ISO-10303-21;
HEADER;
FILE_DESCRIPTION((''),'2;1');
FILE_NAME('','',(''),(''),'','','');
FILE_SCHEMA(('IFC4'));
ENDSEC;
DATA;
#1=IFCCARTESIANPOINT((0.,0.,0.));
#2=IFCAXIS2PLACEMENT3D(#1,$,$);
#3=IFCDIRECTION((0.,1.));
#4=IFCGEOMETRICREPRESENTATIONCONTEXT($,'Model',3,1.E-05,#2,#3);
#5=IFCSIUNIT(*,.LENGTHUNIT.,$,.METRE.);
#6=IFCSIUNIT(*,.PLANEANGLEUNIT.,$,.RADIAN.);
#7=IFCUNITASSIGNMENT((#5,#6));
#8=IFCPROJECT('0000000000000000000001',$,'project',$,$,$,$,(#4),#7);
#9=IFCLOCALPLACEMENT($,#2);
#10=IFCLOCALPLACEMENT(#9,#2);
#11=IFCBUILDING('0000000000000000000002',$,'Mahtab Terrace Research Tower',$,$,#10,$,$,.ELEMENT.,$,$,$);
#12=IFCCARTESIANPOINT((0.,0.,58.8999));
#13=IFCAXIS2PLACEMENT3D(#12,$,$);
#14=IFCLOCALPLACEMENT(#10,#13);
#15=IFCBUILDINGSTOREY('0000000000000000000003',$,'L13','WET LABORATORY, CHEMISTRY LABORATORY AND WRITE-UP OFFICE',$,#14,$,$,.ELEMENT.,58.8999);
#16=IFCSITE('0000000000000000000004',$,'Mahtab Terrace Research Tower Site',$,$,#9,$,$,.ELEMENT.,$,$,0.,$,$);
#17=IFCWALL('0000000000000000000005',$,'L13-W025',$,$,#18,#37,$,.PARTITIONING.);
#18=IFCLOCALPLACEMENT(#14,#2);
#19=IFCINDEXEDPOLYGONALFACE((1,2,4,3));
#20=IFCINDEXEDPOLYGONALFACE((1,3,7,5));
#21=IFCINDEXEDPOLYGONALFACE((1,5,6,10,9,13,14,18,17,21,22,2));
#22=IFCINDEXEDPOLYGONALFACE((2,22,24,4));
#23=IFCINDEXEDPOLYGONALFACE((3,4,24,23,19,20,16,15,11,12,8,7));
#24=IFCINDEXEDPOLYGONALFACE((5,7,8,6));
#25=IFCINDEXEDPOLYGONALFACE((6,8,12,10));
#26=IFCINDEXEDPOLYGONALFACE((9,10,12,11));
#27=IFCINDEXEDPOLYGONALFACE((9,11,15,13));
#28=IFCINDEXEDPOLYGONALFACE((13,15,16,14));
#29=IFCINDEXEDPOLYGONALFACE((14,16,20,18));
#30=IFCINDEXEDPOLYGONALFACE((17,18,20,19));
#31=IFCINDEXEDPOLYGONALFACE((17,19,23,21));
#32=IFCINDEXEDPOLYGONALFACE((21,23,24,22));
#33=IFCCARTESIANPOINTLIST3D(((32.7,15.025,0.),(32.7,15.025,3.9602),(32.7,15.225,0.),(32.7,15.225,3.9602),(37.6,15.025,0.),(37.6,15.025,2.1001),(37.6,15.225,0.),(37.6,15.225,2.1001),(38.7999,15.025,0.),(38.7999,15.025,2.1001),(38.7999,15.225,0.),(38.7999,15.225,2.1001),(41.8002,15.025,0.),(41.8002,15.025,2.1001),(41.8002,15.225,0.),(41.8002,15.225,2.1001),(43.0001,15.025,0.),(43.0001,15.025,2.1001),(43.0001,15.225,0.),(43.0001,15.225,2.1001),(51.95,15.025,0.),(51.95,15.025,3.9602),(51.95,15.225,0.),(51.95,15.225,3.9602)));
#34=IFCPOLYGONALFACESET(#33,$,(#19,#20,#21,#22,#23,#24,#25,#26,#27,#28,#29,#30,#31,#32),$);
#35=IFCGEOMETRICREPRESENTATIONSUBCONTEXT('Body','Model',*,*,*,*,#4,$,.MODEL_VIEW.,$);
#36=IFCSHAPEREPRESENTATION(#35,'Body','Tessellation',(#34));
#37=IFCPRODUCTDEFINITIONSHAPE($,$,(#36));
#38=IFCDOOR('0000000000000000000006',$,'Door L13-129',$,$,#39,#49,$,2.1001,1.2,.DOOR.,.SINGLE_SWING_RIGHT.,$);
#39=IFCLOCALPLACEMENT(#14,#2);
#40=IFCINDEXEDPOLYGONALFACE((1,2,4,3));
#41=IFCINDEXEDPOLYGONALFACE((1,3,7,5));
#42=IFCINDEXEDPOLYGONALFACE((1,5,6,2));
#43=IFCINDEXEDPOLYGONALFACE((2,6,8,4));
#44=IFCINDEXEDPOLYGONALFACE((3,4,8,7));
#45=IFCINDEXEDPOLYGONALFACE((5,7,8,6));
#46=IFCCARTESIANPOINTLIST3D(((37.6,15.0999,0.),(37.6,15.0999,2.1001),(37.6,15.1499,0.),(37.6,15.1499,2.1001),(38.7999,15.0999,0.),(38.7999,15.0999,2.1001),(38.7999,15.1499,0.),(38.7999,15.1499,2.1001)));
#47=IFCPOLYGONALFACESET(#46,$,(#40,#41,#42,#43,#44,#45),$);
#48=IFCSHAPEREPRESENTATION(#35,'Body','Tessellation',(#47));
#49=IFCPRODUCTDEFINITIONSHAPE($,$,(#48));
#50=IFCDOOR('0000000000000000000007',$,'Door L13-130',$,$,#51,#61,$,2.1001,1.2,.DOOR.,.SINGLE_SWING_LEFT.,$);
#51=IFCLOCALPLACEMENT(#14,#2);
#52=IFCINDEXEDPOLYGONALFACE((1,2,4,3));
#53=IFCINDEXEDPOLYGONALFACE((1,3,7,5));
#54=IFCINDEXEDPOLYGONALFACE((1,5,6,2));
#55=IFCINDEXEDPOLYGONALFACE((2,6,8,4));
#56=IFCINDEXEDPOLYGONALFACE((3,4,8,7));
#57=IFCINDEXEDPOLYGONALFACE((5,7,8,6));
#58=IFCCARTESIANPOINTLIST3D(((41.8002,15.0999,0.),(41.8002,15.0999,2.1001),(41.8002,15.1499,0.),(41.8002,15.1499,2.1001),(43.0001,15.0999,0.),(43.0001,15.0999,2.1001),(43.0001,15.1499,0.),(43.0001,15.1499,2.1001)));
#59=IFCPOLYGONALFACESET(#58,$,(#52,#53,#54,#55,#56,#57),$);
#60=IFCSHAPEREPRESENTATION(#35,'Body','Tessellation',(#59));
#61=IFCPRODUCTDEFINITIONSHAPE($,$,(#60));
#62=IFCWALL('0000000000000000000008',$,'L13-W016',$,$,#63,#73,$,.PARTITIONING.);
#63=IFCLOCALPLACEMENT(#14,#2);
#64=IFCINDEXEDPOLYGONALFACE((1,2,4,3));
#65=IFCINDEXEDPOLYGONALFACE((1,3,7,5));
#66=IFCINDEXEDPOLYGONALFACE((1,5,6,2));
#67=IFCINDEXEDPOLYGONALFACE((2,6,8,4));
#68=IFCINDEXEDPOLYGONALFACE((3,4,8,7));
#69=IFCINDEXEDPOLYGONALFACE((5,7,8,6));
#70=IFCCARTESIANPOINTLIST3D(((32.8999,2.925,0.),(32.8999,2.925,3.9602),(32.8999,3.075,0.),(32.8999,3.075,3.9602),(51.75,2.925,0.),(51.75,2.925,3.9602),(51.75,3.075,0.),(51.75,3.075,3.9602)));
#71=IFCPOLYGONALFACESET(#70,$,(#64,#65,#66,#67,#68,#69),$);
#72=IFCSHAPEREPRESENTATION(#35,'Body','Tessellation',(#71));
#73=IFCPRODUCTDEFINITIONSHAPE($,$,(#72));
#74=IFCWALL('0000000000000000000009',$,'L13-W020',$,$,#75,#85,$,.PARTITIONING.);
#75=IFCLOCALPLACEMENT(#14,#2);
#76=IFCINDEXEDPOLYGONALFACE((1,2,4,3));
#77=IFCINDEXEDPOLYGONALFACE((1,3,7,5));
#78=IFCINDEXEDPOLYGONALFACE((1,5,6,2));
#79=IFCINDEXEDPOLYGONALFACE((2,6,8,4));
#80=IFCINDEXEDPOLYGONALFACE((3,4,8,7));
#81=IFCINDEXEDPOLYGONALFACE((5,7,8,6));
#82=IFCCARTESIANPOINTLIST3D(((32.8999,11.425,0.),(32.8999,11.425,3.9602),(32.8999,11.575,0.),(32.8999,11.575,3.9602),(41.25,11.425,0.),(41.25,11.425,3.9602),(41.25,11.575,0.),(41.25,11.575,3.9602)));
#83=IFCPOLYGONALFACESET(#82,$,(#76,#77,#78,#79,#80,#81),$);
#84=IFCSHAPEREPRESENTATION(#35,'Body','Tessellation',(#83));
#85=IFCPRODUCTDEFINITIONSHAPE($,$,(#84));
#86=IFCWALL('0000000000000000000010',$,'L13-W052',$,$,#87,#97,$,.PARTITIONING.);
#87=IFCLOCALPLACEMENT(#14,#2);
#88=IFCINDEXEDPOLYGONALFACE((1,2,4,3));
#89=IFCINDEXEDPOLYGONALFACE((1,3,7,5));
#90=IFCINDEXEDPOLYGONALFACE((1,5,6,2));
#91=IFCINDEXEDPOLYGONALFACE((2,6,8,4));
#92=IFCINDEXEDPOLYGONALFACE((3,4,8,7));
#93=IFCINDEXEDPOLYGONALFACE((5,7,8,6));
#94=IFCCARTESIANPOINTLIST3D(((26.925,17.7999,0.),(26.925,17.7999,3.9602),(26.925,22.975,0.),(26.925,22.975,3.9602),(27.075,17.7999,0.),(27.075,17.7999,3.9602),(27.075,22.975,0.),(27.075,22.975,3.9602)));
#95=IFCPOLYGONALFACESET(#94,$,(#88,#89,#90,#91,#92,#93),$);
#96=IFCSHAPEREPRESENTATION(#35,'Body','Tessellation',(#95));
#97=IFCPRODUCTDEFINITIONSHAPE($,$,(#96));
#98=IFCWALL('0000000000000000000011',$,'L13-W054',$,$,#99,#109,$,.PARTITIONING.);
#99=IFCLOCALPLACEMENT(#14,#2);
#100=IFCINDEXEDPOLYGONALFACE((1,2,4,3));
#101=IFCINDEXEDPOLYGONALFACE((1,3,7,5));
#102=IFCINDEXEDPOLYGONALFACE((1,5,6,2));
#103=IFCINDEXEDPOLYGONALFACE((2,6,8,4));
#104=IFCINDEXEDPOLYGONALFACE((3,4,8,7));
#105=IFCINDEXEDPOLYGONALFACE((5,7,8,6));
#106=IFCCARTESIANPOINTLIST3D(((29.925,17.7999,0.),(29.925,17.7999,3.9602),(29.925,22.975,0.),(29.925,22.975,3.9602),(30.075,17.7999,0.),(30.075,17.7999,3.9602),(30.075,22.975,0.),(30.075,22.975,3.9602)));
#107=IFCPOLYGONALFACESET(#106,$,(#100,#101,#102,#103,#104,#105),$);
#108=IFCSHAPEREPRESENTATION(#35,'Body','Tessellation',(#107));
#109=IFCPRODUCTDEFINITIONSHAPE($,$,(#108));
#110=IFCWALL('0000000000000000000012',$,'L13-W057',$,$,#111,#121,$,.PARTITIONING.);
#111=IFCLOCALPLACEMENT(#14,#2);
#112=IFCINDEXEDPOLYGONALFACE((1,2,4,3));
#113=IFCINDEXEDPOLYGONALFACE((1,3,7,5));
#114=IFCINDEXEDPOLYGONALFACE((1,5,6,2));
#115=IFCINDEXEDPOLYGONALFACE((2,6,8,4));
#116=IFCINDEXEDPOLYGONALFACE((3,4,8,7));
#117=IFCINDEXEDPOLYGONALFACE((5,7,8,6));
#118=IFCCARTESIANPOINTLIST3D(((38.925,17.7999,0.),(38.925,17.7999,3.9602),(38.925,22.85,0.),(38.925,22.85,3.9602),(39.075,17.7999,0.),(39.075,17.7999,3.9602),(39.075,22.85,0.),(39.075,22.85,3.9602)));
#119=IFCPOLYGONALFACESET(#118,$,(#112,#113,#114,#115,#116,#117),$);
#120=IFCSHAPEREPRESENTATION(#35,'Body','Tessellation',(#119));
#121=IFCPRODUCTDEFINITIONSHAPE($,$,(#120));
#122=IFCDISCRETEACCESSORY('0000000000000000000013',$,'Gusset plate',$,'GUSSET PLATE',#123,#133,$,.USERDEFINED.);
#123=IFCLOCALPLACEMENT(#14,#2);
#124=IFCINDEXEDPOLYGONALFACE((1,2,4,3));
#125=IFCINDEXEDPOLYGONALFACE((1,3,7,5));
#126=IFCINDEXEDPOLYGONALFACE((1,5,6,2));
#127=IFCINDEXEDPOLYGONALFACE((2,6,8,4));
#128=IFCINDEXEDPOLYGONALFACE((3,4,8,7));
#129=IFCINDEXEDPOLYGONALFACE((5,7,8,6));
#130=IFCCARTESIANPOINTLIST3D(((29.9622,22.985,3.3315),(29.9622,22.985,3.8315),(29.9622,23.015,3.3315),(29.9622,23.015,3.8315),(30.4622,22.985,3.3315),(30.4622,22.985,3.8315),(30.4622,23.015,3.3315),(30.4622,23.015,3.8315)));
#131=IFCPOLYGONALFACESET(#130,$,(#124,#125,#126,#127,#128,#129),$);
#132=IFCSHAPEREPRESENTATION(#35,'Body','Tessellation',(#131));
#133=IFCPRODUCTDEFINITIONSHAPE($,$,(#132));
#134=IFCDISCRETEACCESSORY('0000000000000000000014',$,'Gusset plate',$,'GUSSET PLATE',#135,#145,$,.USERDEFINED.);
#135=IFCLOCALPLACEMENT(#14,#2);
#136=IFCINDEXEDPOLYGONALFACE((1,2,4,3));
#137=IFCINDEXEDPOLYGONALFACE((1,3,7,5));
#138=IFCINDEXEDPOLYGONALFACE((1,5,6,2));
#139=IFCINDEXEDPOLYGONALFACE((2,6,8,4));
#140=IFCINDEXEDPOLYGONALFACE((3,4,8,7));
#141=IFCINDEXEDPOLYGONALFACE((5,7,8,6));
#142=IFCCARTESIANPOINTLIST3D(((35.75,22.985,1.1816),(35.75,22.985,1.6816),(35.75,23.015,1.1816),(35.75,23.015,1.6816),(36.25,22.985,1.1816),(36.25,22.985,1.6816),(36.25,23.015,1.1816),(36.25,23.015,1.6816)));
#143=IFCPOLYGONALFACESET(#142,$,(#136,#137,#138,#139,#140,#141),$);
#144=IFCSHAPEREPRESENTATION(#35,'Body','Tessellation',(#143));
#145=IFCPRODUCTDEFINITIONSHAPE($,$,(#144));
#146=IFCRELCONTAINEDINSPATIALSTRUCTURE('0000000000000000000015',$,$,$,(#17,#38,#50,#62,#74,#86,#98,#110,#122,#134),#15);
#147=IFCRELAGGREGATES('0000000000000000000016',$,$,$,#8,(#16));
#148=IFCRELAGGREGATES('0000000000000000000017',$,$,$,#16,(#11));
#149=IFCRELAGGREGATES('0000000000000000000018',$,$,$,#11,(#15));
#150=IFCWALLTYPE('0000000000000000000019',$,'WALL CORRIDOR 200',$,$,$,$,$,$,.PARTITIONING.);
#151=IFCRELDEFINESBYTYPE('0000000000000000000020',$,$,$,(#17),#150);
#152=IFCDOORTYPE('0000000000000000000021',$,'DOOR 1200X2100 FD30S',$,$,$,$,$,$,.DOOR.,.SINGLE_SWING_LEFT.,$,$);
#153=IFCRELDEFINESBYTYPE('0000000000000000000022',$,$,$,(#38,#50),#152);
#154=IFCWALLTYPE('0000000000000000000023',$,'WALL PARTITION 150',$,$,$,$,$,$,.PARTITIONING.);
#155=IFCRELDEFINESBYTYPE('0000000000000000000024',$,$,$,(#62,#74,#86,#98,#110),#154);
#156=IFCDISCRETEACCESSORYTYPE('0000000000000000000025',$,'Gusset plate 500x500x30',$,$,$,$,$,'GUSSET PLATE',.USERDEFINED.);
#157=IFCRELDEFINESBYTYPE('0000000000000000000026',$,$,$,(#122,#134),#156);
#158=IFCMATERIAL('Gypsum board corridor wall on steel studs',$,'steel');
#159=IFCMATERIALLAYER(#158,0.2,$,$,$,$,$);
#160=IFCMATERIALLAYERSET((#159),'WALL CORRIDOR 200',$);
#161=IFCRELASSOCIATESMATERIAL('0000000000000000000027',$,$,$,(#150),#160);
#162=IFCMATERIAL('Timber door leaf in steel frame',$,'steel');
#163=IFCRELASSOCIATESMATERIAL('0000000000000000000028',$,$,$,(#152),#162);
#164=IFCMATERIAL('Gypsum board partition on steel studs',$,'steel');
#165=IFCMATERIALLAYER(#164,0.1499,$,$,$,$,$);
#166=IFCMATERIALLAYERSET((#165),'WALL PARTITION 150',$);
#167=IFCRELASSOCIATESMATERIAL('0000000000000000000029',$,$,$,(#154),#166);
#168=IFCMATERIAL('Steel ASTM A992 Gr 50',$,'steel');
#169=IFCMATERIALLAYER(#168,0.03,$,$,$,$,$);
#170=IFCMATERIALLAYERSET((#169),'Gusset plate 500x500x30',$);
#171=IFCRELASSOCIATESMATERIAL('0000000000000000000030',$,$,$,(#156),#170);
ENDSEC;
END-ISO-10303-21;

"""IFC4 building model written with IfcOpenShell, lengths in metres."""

from ifc_helpers import new_model, si_unit, direction, frame, frame_2d, origin, origin_2d, place, context, subcontext, project, spatial, rectangle, extrude, material, layer, layer_set, type_object, element, fill, save


model = new_model("IFC4")

# Units and contexts
model_context = context("Model", 3, precision=1e-05, world=origin(), true_north=direction((0.0, 1.0)))
body_context = subcontext(model_context, "Body", "Model", "MODEL_VIEW")
ifc_project = project(units=[si_unit("LENGTHUNIT", "METRE"), si_unit("PLANEANGLEUNIT", "RADIAN")], contexts=[model_context])

# Site, building, storey
site_placement = place(None, origin())
site = spatial("IfcSite", under=ifc_project, at=site_placement, Name="Mahtab Terrace Research Tower Site", CompositionType="ELEMENT", RefElevation=0.0)
building_placement = place(site_placement, origin())
building = spatial("IfcBuilding", under=site, at=building_placement, Name="Mahtab Terrace Research Tower", CompositionType="ELEMENT")
storey_placement = place(building_placement, frame((0.0, 0.0, 58.8999)))
storey = spatial("IfcBuildingStorey", under=building, at=storey_placement, Name="L13", Description="WET LABORATORY, CHEMISTRY LABORATORY AND WRITE-UP OFFICE", CompositionType="ELEMENT", Elevation=58.8999)

# Shared definitions
ifc_material_1 = material(Name="Steel ASTM A992 Gr 50", Category="steel")

# Wall, openings, doors
ifc_material_2 = material(Name="Gypsum board corridor wall on steel studs", Category="steel")
ifc_layer_1 = layer(ifc_material_2, 0.2)
ifc_layer_set_1 = layer_set([ifc_layer_1], Name="WALL CORRIDOR 200")
wall_type_1 = type_object("IfcWallType", Name="WALL CORRIDOR 200", PredefinedType="PARTITIONING", material=ifc_layer_set_1)
wall_1_placement = place(storey_placement, frame((32.7, 15.125, 0.0), z_axis=(0.0, 0.0, 1.0), x_axis=(1.0, 0.0, 0.0)))
wall_1 = element("IfcWall", 1, at=wall_1_placement, inside=storey, type_object=wall_type_1, Name="L13-W025", PredefinedType="PARTITIONING", context=body_context, shape_type="SweptSolid", body=[
    extrude(rectangle(XDim=19.25, YDim=0.2, at=frame_2d((9.625, 0.0))), origin(), (0.0, 0.0, 1.0), 3.9602),
])
opening_1_placement = place(wall_1_placement, frame((4.8999, 0.0, 0.0)))
opening_1 = element("IfcOpeningElement", 2, at=opening_1_placement, cuts=wall_1, PredefinedType="OPENING", context=body_context, shape_type="SweptSolid", body=[
    extrude(rectangle(XDim=1.2, YDim=2.1001, at=frame_2d((0.6001, 1.05))), frame((0.0, 0.1099, 0.0), z_axis=(0.0, -1.0, 0.0), x_axis=(1.0, 0.0, 0.0)), (0.0, 0.0, 1.0), 0.22),
])
opening_2_placement = place(wall_1_placement, frame((9.1001, 0.0, 0.0)))
opening_2 = element("IfcOpeningElement", 3, at=opening_2_placement, cuts=wall_1, PredefinedType="OPENING", context=body_context, shape_type="SweptSolid", body=[
    extrude(rectangle(XDim=1.2, YDim=2.1001, at=frame_2d((0.6001, 1.05))), frame((0.0, 0.1099, 0.0), z_axis=(0.0, -1.0, 0.0), x_axis=(1.0, 0.0, 0.0)), (0.0, 0.0, 1.0), 0.22),
])
ifc_material_3 = material(Name="Timber door leaf in steel frame", Category="steel")
door_type_1 = type_object("IfcDoorType", Name="DOOR 1200X2100 FD30S", OperationType="SINGLE_SWING_LEFT", PredefinedType="DOOR", material=ifc_material_3)
door_1_placement = place(opening_1_placement, origin())
door_1 = element("IfcDoor", 4, at=door_1_placement, inside=storey, type_object=door_type_1, Name="Door L13-129", OperationType="SINGLE_SWING_RIGHT", OverallHeight=2.1001, OverallWidth=1.2, PredefinedType="DOOR", context=body_context, shape_type="SweptSolid", body=[
    extrude(rectangle(XDim=1.2, YDim=2.1001, at=frame_2d((0.6001, 1.05))), frame((0.0, 0.0249, 0.0), z_axis=(0.0, -1.0, 0.0), x_axis=(1.0, 0.0, 0.0)), (0.0, 0.0, 1.0), 0.05),
])
fill(opening_1, door_1)
door_2_placement = place(opening_2_placement, origin())
door_2 = element("IfcDoor", 5, at=door_2_placement, inside=storey, type_object=door_type_1, Name="Door L13-130", OperationType="SINGLE_SWING_LEFT", OverallHeight=2.1001, OverallWidth=1.2, PredefinedType="DOOR", context=body_context, shape_type="SweptSolid", body=[
    extrude(rectangle(XDim=1.2, YDim=2.1001, at=frame_2d((0.6001, 1.05))), frame((0.0, 0.0249, 0.0), z_axis=(0.0, -1.0, 0.0), x_axis=(1.0, 0.0, 0.0)), (0.0, 0.0, 1.0), 0.05),
])
fill(opening_2, door_2)

# Walls
ifc_material_4 = material(Name="Gypsum board partition on steel studs", Category="steel")
ifc_layer_2 = layer(ifc_material_4, 0.1499)
ifc_layer_set_2 = layer_set([ifc_layer_2], Name="WALL PARTITION 150")
wall_type_2 = type_object("IfcWallType", Name="WALL PARTITION 150", PredefinedType="PARTITIONING", material=ifc_layer_set_2)
wall_2_placement = place(storey_placement, frame((32.8999, 3.0, 0.0), z_axis=(0.0, 0.0, 1.0), x_axis=(1.0, 0.0, 0.0)))
element("IfcWall", 6, at=wall_2_placement, inside=storey, type_object=wall_type_2, Name="L13-W016", PredefinedType="PARTITIONING", context=body_context, shape_type="SweptSolid", body=[
    extrude(rectangle(XDim=18.8501, YDim=0.1499, at=frame_2d((9.425, 0.0))), origin(), (0.0, 0.0, 1.0), 3.9602),
])
wall_3_placement = place(storey_placement, frame((32.8999, 11.5, 0.0), z_axis=(0.0, 0.0, 1.0), x_axis=(1.0, 0.0, 0.0)))
element("IfcWall", 7, at=wall_3_placement, inside=storey, type_object=wall_type_2, Name="L13-W020", PredefinedType="PARTITIONING", context=body_context, shape_type="SweptSolid", body=[
    extrude(rectangle(XDim=8.3501, YDim=0.1499, at=frame_2d((4.175, 0.0))), origin(), (0.0, 0.0, 1.0), 3.9602),
])
for number, where, z_axis, x_axis, name in (
    (8, (27.0, 17.8, 0.0), (0.0, 0.0, 1.0), (0.0, 1.0, 0.0), "L13-W052"),
    (9, (30.0, 17.8, 0.0), (0.0, 0.0, 1.0), (0.0, 1.0, 0.0), "L13-W054"),
):
    element("IfcWall", number, at=place(storey_placement, frame(where, z_axis=z_axis, x_axis=x_axis)), inside=storey, type_object=wall_type_2, Name=name, PredefinedType="PARTITIONING", context=body_context, shape_type="SweptSolid", body=[
        extrude(rectangle(XDim=5.175, YDim=0.1499, at=frame_2d((2.5874, 0.0))), origin(), (0.0, 0.0, 1.0), 3.9602),
    ])
wall_4_placement = place(storey_placement, frame((39.0, 17.8, 0.0), z_axis=(0.0, 0.0, 1.0), x_axis=(0.0, 1.0, 0.0)))
element("IfcWall", 10, at=wall_4_placement, inside=storey, type_object=wall_type_2, Name="L13-W057", PredefinedType="PARTITIONING", context=body_context, shape_type="SweptSolid", body=[
    extrude(rectangle(XDim=5.05, YDim=0.1499, at=frame_2d((2.5249, 0.0))), origin(), (0.0, 0.0, 1.0), 3.9602),
])

# Discrete accessories
ifc_layer_3 = layer(ifc_material_1, 0.03)
ifc_layer_set_3 = layer_set([ifc_layer_3], Name="Gusset plate 500x500x30")
discrete_accessory_type = type_object("IfcDiscreteAccessoryType", Name="Gusset plate 500x500x30", ElementType="GUSSET PLATE", PredefinedType="USERDEFINED", material=ifc_layer_set_3)
for number, where, z_axis, x_axis, name in (
    (11, (30.2122, 23.0, 3.3315), (0.0, 0.0, 1.0), (1.0, 0.0, 0.0), "Gusset plate"),
    (12, (36.0, 23.0, 1.1816), (0.0, 0.0, 1.0), (1.0, 0.0, 0.0), "Gusset plate"),
):
    element("IfcDiscreteAccessory", number, at=place(storey_placement, frame(where, z_axis=z_axis, x_axis=x_axis)), inside=storey, type_object=discrete_accessory_type, Name=name, ObjectType="GUSSET PLATE", PredefinedType="USERDEFINED", context=body_context, shape_type="SweptSolid", body=[
        extrude(rectangle(XDim=0.5, YDim=0.03, at=origin_2d()), origin(), (0.0, 0.0, 1.0), 0.5),
    ])

save(model, "model.ifc")
